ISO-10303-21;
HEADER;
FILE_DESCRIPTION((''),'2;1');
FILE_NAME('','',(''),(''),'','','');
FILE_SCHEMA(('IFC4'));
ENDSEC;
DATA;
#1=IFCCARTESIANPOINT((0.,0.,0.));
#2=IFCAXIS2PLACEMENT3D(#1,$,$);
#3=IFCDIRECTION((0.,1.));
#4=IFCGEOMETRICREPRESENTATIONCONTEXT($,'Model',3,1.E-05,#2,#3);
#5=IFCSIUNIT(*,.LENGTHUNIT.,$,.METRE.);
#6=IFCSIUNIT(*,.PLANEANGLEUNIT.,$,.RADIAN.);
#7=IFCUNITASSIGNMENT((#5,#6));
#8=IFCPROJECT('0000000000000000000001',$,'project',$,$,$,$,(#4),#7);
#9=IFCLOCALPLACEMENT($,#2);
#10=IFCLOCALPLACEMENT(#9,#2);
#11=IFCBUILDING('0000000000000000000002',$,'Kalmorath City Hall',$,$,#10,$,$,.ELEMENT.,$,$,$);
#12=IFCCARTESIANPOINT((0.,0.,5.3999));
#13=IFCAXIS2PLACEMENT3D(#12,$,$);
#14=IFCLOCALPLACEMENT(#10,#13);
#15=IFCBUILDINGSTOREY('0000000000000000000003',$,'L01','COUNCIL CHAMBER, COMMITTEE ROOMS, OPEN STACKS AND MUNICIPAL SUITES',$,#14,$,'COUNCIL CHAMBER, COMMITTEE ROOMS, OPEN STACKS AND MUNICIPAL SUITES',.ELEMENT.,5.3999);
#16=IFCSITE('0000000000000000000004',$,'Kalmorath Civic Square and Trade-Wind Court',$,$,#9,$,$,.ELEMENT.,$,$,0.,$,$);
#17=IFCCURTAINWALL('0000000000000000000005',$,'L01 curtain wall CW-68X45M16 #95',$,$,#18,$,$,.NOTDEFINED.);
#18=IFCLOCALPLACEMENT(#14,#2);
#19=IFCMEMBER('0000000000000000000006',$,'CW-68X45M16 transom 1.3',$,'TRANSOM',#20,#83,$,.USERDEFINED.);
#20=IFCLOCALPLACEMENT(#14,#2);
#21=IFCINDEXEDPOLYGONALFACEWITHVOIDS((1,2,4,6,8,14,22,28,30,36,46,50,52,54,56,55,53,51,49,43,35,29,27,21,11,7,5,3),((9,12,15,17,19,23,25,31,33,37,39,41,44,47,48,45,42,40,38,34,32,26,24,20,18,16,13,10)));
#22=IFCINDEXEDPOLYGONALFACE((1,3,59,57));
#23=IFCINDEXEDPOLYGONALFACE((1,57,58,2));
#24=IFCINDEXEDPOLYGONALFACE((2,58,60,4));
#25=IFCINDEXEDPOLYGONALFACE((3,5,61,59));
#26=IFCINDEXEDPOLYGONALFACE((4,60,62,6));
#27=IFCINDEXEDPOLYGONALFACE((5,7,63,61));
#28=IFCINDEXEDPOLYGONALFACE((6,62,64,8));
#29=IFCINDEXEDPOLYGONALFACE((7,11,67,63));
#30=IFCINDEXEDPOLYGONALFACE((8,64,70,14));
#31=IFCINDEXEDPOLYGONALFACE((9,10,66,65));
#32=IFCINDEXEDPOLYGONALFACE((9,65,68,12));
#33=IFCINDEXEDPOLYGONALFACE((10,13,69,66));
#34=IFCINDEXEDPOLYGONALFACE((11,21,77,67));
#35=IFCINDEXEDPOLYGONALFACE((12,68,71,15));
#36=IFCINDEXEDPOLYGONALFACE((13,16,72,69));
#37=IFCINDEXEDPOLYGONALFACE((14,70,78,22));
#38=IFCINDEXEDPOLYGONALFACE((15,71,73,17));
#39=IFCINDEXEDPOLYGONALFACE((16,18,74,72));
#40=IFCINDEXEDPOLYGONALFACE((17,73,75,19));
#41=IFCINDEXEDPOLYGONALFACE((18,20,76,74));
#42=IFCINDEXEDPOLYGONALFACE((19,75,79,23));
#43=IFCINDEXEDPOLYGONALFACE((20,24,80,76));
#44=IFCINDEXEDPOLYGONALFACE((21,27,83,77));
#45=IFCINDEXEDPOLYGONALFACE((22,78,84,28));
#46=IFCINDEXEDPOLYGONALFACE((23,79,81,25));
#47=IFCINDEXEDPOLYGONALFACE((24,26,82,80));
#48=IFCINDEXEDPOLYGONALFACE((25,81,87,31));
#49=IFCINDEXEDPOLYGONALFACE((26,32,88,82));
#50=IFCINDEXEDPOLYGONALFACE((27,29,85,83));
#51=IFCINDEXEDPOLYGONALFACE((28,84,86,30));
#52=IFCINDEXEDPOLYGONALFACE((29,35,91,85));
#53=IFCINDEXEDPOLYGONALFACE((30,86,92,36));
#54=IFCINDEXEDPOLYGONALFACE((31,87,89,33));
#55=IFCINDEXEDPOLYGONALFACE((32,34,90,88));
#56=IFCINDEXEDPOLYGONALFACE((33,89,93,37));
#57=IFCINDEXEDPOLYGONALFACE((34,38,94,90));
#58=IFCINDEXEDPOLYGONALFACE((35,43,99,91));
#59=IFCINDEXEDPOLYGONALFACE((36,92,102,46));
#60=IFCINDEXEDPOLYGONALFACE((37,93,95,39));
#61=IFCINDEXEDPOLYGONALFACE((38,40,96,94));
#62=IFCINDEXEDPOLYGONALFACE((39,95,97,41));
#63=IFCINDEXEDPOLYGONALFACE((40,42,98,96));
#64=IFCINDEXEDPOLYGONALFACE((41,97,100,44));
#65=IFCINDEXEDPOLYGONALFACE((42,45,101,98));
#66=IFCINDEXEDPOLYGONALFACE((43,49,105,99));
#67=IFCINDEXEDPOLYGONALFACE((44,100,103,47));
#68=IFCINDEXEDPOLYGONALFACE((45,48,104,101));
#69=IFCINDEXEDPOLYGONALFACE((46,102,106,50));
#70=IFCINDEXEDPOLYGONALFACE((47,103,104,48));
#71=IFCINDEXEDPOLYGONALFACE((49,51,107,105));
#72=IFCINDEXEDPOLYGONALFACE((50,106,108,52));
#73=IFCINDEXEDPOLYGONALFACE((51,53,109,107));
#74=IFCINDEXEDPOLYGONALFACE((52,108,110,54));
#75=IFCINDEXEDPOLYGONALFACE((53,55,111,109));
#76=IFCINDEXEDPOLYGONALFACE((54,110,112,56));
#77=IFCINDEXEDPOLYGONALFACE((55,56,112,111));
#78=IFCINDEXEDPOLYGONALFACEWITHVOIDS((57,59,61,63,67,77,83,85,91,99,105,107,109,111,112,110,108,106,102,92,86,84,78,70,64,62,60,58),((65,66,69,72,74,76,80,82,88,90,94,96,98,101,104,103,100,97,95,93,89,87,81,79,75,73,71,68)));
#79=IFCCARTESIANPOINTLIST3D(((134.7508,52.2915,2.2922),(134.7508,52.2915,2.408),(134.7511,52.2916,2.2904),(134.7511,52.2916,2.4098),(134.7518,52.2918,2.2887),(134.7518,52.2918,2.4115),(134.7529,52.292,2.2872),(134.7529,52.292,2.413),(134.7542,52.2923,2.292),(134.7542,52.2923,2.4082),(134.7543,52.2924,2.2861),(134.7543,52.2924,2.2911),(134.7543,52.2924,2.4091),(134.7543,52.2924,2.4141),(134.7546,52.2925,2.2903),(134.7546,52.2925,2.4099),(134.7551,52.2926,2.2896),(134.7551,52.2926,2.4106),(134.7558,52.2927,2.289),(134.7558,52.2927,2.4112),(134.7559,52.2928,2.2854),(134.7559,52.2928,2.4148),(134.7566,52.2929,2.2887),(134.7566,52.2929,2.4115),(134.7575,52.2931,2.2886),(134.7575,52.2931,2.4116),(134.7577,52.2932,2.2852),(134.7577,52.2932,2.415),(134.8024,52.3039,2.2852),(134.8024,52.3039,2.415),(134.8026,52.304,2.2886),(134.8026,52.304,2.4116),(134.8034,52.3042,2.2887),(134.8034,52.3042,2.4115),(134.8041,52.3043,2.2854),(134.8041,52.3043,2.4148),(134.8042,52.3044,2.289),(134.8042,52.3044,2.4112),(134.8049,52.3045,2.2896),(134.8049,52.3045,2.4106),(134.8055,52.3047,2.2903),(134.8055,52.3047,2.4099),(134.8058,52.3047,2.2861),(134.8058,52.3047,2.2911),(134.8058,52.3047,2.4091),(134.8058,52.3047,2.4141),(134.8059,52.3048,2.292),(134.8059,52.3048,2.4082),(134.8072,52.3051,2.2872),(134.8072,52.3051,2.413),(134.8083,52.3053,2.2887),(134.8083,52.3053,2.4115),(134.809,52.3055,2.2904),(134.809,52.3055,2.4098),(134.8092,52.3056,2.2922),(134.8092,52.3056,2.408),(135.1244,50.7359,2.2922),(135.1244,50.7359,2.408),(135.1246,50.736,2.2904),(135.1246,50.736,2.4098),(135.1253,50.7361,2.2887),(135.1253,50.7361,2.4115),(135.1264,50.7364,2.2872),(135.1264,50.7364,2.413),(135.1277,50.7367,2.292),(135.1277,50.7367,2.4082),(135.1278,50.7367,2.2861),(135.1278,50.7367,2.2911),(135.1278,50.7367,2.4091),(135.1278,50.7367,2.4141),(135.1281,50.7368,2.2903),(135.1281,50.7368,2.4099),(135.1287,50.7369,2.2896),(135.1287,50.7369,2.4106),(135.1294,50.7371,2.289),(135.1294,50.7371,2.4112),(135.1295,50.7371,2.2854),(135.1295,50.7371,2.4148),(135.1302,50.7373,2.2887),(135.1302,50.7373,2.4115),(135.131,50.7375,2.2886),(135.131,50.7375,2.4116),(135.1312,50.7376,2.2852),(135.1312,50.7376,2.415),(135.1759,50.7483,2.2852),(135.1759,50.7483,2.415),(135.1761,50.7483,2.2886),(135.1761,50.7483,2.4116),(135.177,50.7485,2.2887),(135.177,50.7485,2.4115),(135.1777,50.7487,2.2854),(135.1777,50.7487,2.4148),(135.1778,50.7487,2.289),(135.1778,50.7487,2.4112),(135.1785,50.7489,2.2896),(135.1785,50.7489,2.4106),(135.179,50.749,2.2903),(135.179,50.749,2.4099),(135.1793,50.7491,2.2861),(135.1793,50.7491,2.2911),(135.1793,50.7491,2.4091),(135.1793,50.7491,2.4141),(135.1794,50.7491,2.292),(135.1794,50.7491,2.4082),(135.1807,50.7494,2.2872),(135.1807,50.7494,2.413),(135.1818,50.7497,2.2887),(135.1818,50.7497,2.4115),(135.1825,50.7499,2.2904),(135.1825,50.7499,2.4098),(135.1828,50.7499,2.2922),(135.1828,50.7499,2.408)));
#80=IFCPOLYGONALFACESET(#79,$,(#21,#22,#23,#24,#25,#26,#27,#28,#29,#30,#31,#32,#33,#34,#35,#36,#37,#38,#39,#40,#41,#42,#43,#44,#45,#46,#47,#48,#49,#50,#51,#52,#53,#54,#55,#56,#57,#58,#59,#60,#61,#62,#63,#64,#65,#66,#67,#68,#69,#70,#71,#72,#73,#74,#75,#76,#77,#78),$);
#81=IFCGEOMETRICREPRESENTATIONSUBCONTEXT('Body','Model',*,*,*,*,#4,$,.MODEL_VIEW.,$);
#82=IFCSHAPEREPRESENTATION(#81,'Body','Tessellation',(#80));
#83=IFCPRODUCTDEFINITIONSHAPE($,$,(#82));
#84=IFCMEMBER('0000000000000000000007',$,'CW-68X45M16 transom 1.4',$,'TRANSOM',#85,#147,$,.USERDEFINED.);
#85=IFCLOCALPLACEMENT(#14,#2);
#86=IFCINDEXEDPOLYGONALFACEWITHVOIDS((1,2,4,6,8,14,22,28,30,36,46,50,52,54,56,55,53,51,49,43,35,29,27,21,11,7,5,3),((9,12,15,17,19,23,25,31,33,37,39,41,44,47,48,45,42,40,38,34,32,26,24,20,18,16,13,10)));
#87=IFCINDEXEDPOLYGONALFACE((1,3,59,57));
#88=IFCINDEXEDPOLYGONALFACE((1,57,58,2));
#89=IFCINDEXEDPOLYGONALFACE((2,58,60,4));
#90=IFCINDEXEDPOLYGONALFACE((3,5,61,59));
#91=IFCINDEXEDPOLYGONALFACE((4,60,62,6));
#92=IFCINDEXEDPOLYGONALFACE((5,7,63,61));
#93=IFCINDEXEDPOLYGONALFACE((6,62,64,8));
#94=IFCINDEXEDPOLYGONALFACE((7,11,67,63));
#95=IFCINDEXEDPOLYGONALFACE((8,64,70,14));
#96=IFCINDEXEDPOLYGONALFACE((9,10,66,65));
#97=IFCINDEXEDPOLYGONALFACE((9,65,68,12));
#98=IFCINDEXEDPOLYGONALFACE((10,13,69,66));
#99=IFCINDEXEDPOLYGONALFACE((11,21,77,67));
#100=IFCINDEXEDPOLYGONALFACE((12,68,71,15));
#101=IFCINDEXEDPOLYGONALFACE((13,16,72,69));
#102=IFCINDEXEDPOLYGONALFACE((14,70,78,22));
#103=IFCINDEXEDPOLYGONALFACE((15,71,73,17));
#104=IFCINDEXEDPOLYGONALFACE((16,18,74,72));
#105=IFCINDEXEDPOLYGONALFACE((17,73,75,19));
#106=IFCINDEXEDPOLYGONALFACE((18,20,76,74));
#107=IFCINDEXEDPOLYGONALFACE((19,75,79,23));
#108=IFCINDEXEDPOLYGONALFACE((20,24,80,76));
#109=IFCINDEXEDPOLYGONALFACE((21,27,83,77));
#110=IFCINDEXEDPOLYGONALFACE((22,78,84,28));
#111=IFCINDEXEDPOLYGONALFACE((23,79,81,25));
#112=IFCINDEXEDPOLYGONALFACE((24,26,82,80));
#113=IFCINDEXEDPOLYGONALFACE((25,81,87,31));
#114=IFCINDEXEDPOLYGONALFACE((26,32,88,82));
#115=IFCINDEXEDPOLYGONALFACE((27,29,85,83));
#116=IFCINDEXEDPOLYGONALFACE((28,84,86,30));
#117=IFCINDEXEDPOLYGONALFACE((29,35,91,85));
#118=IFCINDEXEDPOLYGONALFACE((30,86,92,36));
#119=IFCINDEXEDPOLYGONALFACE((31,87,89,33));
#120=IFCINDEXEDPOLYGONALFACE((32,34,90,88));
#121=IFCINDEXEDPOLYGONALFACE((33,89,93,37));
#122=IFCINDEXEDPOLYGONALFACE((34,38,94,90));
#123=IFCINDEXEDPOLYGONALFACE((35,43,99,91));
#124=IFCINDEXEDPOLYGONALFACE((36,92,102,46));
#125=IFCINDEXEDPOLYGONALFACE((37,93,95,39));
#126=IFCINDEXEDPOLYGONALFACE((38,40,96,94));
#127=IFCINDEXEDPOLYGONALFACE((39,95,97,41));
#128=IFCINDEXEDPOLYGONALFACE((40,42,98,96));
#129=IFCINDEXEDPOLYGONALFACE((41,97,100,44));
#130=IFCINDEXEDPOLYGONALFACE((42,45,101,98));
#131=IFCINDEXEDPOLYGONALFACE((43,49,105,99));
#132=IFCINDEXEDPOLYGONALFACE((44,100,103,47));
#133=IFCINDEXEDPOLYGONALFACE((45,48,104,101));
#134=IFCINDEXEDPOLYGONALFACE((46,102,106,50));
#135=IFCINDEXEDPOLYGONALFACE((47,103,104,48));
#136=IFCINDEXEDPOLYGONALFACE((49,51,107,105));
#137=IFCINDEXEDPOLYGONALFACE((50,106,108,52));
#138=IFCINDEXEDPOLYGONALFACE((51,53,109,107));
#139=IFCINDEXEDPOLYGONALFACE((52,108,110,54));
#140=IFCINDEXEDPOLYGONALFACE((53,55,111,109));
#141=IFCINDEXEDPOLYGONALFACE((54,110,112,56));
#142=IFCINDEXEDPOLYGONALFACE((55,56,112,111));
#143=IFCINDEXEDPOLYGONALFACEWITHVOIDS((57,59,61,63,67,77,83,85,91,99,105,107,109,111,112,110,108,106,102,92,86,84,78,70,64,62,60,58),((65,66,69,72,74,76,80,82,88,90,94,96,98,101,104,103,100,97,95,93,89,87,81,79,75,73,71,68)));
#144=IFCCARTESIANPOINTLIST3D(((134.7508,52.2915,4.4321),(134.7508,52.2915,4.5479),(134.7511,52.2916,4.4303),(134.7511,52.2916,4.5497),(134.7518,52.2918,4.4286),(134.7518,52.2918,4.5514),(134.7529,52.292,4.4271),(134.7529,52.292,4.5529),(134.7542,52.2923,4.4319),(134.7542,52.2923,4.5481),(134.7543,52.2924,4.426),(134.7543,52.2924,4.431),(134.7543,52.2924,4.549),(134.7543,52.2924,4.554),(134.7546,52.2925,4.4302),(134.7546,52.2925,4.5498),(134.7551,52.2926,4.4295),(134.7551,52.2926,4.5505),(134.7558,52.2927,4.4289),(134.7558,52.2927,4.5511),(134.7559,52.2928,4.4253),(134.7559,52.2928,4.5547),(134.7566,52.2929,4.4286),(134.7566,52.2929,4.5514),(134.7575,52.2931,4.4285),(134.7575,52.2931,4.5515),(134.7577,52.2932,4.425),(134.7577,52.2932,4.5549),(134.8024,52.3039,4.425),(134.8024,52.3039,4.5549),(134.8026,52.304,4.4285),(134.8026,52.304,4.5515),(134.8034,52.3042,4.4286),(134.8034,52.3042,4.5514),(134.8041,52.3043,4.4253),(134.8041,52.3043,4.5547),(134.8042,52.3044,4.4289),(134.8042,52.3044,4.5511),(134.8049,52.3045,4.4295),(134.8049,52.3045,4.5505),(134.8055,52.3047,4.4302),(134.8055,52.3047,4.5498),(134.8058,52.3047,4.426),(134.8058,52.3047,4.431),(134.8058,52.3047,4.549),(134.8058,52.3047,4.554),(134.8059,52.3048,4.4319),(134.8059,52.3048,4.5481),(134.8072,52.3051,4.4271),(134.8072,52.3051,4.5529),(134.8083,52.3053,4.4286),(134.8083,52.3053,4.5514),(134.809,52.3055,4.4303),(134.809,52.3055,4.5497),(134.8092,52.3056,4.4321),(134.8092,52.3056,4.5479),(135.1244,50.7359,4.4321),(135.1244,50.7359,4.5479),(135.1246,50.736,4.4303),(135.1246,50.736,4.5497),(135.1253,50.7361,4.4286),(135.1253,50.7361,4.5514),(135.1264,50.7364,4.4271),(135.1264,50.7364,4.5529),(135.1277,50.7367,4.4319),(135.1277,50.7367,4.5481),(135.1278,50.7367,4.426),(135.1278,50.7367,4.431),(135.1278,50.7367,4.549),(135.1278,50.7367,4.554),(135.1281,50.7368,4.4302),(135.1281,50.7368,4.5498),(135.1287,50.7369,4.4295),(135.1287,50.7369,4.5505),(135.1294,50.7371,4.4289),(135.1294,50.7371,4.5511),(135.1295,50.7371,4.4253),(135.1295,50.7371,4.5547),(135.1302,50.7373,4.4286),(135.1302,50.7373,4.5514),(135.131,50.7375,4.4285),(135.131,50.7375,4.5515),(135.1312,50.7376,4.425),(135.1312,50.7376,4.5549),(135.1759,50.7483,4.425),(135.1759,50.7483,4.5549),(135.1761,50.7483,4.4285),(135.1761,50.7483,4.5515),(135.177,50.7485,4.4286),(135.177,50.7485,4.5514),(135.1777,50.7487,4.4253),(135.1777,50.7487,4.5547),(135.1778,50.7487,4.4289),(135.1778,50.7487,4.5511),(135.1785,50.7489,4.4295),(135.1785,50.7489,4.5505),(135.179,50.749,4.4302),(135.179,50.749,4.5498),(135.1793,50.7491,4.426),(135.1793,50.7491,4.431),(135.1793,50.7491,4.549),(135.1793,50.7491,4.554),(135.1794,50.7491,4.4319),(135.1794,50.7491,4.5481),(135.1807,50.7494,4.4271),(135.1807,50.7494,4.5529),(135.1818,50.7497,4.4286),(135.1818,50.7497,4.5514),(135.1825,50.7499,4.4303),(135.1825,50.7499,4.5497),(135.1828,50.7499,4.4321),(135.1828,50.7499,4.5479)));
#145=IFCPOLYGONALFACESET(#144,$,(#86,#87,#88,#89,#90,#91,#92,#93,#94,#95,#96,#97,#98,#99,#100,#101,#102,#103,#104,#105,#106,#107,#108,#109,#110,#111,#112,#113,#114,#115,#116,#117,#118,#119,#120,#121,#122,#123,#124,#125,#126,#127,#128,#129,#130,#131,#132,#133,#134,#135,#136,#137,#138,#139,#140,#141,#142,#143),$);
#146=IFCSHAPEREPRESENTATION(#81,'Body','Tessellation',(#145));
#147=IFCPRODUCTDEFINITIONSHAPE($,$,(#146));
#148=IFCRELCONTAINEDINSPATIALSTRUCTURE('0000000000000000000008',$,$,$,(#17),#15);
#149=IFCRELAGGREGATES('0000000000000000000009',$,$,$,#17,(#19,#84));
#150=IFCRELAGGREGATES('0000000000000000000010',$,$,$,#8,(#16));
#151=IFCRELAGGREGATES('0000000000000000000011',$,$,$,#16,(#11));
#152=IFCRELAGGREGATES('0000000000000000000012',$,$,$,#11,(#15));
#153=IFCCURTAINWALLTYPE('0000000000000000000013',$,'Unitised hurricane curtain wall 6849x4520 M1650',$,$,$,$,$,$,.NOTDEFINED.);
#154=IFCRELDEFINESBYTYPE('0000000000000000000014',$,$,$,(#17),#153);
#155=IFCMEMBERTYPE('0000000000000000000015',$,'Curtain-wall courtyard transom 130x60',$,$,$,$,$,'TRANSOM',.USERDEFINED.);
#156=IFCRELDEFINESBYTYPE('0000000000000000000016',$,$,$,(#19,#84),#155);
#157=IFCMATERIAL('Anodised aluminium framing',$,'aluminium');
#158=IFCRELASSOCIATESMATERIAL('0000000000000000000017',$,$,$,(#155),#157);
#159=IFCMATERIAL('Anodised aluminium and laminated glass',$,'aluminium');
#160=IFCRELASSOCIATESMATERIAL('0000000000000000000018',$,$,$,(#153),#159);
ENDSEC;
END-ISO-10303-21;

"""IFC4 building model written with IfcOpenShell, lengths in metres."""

from ifc_helpers import new_model, si_unit, direction, frame, origin, origin_2d, place, context, subcontext, project, spatial, hollow_rectangle, extrude, material, material_profile, profile_set, type_object, element, aggregate, save


model = new_model("IFC4")

# Units and contexts
model_context = context("Model", 3, precision=1e-05, world=origin(), true_north=direction((0.0, 1.0)))
body_context = subcontext(model_context, "Body", "Model", "MODEL_VIEW")
ifc_project = project(units=[si_unit("LENGTHUNIT", "METRE"), si_unit("PLANEANGLEUNIT", "RADIAN")], contexts=[model_context])

# Site, building, storey
site_placement = place(None, origin())
site = spatial("IfcSite", under=ifc_project, at=site_placement, Name="Kalmorath Civic Square and Trade-Wind Court", CompositionType="ELEMENT", RefElevation=0.0)
building_placement = place(site_placement, origin())
building = spatial("IfcBuilding", under=site, at=building_placement, Name="Kalmorath City Hall", CompositionType="ELEMENT")
storey_placement = place(building_placement, frame((0.0, 0.0, 5.3999)))
storey = spatial("IfcBuildingStorey", under=building, at=storey_placement, Name="L01", Description="COUNCIL CHAMBER, COMMITTEE ROOMS, OPEN STACKS AND MUNICIPAL SUITES", LongName="COUNCIL CHAMBER, COMMITTEE ROOMS, OPEN STACKS AND MUNICIPAL SUITES", CompositionType="ELEMENT", Elevation=5.3999)

# Curtain wall, members
ifc_material_1 = material(Name="Anodised aluminium framing", Category="aluminium")
ifc_material_profile_1 = material_profile(ifc_material_1, hollow_rectangle(XDim=0.0601, YDim=0.1299, WallThickness=0.0034, InnerFilletRadius=0.0034, OuterFilletRadius=0.0071, at=origin_2d()), Name="ALU-TRN-130X60X3.5")
ifc_profile_set_1 = profile_set([ifc_material_profile_1], Name="Anodised aluminium framing")
member_type_1 = type_object("IfcMemberType", Name="Curtain-wall courtyard transom 130x60", ElementType="TRANSOM", PredefinedType="USERDEFINED", material=ifc_profile_set_1)
ifc_material_2 = material(Name="Anodised aluminium and laminated glass", Category="aluminium")
curtain_wall_type_1 = type_object("IfcCurtainWallType", Name="Unitised hurricane curtain wall 6849x4520 M1650", PredefinedType="NOTDEFINED", material=ifc_material_2)
curtain_wall_1_placement = place(storey_placement, origin())
curtain_wall_1 = element("IfcCurtainWall", 1, at=curtain_wall_1_placement, inside=storey, type_object=curtain_wall_type_1, Name="L01 curtain wall CW-68X45M16 #95", PredefinedType="NOTDEFINED")
member_1_placement = place(storey_placement, frame((135.1536, 50.7429, 2.3501), z_axis=(-0.233477, 0.972362, 0.0), x_axis=(-0.972362, -0.233477, 0.0)))
member_1 = element("IfcMember", 2, at=member_1_placement, type_object=member_type_1, Name="CW-68X45M16 transom 1.3", ObjectType="TRANSOM", PredefinedType="USERDEFINED", context=body_context, shape_type="SweptSolid", body=[
    extrude(hollow_rectangle(XDim=0.0601, YDim=0.1299, WallThickness=0.0034, InnerFilletRadius=0.0034, OuterFilletRadius=0.0071, at=origin_2d()), origin(), (0.0, 0.0, 1.0), 1.5999),
])
member_2_placement = place(storey_placement, frame((135.1536, 50.7429, 4.49), z_axis=(-0.233477, 0.972362, 0.0), x_axis=(-0.972362, -0.233477, 0.0)))
member_2 = element("IfcMember", 3, at=member_2_placement, type_object=member_type_1, Name="CW-68X45M16 transom 1.4", ObjectType="TRANSOM", PredefinedType="USERDEFINED", context=body_context, shape_type="SweptSolid", body=[
    extrude(hollow_rectangle(XDim=0.0601, YDim=0.1299, WallThickness=0.0034, InnerFilletRadius=0.0034, OuterFilletRadius=0.0071, at=origin_2d()), origin(), (0.0, 0.0, 1.0), 1.5999),
])

aggregate(curtain_wall_1, [member_1, member_2])

save(model, "model.ifc")
